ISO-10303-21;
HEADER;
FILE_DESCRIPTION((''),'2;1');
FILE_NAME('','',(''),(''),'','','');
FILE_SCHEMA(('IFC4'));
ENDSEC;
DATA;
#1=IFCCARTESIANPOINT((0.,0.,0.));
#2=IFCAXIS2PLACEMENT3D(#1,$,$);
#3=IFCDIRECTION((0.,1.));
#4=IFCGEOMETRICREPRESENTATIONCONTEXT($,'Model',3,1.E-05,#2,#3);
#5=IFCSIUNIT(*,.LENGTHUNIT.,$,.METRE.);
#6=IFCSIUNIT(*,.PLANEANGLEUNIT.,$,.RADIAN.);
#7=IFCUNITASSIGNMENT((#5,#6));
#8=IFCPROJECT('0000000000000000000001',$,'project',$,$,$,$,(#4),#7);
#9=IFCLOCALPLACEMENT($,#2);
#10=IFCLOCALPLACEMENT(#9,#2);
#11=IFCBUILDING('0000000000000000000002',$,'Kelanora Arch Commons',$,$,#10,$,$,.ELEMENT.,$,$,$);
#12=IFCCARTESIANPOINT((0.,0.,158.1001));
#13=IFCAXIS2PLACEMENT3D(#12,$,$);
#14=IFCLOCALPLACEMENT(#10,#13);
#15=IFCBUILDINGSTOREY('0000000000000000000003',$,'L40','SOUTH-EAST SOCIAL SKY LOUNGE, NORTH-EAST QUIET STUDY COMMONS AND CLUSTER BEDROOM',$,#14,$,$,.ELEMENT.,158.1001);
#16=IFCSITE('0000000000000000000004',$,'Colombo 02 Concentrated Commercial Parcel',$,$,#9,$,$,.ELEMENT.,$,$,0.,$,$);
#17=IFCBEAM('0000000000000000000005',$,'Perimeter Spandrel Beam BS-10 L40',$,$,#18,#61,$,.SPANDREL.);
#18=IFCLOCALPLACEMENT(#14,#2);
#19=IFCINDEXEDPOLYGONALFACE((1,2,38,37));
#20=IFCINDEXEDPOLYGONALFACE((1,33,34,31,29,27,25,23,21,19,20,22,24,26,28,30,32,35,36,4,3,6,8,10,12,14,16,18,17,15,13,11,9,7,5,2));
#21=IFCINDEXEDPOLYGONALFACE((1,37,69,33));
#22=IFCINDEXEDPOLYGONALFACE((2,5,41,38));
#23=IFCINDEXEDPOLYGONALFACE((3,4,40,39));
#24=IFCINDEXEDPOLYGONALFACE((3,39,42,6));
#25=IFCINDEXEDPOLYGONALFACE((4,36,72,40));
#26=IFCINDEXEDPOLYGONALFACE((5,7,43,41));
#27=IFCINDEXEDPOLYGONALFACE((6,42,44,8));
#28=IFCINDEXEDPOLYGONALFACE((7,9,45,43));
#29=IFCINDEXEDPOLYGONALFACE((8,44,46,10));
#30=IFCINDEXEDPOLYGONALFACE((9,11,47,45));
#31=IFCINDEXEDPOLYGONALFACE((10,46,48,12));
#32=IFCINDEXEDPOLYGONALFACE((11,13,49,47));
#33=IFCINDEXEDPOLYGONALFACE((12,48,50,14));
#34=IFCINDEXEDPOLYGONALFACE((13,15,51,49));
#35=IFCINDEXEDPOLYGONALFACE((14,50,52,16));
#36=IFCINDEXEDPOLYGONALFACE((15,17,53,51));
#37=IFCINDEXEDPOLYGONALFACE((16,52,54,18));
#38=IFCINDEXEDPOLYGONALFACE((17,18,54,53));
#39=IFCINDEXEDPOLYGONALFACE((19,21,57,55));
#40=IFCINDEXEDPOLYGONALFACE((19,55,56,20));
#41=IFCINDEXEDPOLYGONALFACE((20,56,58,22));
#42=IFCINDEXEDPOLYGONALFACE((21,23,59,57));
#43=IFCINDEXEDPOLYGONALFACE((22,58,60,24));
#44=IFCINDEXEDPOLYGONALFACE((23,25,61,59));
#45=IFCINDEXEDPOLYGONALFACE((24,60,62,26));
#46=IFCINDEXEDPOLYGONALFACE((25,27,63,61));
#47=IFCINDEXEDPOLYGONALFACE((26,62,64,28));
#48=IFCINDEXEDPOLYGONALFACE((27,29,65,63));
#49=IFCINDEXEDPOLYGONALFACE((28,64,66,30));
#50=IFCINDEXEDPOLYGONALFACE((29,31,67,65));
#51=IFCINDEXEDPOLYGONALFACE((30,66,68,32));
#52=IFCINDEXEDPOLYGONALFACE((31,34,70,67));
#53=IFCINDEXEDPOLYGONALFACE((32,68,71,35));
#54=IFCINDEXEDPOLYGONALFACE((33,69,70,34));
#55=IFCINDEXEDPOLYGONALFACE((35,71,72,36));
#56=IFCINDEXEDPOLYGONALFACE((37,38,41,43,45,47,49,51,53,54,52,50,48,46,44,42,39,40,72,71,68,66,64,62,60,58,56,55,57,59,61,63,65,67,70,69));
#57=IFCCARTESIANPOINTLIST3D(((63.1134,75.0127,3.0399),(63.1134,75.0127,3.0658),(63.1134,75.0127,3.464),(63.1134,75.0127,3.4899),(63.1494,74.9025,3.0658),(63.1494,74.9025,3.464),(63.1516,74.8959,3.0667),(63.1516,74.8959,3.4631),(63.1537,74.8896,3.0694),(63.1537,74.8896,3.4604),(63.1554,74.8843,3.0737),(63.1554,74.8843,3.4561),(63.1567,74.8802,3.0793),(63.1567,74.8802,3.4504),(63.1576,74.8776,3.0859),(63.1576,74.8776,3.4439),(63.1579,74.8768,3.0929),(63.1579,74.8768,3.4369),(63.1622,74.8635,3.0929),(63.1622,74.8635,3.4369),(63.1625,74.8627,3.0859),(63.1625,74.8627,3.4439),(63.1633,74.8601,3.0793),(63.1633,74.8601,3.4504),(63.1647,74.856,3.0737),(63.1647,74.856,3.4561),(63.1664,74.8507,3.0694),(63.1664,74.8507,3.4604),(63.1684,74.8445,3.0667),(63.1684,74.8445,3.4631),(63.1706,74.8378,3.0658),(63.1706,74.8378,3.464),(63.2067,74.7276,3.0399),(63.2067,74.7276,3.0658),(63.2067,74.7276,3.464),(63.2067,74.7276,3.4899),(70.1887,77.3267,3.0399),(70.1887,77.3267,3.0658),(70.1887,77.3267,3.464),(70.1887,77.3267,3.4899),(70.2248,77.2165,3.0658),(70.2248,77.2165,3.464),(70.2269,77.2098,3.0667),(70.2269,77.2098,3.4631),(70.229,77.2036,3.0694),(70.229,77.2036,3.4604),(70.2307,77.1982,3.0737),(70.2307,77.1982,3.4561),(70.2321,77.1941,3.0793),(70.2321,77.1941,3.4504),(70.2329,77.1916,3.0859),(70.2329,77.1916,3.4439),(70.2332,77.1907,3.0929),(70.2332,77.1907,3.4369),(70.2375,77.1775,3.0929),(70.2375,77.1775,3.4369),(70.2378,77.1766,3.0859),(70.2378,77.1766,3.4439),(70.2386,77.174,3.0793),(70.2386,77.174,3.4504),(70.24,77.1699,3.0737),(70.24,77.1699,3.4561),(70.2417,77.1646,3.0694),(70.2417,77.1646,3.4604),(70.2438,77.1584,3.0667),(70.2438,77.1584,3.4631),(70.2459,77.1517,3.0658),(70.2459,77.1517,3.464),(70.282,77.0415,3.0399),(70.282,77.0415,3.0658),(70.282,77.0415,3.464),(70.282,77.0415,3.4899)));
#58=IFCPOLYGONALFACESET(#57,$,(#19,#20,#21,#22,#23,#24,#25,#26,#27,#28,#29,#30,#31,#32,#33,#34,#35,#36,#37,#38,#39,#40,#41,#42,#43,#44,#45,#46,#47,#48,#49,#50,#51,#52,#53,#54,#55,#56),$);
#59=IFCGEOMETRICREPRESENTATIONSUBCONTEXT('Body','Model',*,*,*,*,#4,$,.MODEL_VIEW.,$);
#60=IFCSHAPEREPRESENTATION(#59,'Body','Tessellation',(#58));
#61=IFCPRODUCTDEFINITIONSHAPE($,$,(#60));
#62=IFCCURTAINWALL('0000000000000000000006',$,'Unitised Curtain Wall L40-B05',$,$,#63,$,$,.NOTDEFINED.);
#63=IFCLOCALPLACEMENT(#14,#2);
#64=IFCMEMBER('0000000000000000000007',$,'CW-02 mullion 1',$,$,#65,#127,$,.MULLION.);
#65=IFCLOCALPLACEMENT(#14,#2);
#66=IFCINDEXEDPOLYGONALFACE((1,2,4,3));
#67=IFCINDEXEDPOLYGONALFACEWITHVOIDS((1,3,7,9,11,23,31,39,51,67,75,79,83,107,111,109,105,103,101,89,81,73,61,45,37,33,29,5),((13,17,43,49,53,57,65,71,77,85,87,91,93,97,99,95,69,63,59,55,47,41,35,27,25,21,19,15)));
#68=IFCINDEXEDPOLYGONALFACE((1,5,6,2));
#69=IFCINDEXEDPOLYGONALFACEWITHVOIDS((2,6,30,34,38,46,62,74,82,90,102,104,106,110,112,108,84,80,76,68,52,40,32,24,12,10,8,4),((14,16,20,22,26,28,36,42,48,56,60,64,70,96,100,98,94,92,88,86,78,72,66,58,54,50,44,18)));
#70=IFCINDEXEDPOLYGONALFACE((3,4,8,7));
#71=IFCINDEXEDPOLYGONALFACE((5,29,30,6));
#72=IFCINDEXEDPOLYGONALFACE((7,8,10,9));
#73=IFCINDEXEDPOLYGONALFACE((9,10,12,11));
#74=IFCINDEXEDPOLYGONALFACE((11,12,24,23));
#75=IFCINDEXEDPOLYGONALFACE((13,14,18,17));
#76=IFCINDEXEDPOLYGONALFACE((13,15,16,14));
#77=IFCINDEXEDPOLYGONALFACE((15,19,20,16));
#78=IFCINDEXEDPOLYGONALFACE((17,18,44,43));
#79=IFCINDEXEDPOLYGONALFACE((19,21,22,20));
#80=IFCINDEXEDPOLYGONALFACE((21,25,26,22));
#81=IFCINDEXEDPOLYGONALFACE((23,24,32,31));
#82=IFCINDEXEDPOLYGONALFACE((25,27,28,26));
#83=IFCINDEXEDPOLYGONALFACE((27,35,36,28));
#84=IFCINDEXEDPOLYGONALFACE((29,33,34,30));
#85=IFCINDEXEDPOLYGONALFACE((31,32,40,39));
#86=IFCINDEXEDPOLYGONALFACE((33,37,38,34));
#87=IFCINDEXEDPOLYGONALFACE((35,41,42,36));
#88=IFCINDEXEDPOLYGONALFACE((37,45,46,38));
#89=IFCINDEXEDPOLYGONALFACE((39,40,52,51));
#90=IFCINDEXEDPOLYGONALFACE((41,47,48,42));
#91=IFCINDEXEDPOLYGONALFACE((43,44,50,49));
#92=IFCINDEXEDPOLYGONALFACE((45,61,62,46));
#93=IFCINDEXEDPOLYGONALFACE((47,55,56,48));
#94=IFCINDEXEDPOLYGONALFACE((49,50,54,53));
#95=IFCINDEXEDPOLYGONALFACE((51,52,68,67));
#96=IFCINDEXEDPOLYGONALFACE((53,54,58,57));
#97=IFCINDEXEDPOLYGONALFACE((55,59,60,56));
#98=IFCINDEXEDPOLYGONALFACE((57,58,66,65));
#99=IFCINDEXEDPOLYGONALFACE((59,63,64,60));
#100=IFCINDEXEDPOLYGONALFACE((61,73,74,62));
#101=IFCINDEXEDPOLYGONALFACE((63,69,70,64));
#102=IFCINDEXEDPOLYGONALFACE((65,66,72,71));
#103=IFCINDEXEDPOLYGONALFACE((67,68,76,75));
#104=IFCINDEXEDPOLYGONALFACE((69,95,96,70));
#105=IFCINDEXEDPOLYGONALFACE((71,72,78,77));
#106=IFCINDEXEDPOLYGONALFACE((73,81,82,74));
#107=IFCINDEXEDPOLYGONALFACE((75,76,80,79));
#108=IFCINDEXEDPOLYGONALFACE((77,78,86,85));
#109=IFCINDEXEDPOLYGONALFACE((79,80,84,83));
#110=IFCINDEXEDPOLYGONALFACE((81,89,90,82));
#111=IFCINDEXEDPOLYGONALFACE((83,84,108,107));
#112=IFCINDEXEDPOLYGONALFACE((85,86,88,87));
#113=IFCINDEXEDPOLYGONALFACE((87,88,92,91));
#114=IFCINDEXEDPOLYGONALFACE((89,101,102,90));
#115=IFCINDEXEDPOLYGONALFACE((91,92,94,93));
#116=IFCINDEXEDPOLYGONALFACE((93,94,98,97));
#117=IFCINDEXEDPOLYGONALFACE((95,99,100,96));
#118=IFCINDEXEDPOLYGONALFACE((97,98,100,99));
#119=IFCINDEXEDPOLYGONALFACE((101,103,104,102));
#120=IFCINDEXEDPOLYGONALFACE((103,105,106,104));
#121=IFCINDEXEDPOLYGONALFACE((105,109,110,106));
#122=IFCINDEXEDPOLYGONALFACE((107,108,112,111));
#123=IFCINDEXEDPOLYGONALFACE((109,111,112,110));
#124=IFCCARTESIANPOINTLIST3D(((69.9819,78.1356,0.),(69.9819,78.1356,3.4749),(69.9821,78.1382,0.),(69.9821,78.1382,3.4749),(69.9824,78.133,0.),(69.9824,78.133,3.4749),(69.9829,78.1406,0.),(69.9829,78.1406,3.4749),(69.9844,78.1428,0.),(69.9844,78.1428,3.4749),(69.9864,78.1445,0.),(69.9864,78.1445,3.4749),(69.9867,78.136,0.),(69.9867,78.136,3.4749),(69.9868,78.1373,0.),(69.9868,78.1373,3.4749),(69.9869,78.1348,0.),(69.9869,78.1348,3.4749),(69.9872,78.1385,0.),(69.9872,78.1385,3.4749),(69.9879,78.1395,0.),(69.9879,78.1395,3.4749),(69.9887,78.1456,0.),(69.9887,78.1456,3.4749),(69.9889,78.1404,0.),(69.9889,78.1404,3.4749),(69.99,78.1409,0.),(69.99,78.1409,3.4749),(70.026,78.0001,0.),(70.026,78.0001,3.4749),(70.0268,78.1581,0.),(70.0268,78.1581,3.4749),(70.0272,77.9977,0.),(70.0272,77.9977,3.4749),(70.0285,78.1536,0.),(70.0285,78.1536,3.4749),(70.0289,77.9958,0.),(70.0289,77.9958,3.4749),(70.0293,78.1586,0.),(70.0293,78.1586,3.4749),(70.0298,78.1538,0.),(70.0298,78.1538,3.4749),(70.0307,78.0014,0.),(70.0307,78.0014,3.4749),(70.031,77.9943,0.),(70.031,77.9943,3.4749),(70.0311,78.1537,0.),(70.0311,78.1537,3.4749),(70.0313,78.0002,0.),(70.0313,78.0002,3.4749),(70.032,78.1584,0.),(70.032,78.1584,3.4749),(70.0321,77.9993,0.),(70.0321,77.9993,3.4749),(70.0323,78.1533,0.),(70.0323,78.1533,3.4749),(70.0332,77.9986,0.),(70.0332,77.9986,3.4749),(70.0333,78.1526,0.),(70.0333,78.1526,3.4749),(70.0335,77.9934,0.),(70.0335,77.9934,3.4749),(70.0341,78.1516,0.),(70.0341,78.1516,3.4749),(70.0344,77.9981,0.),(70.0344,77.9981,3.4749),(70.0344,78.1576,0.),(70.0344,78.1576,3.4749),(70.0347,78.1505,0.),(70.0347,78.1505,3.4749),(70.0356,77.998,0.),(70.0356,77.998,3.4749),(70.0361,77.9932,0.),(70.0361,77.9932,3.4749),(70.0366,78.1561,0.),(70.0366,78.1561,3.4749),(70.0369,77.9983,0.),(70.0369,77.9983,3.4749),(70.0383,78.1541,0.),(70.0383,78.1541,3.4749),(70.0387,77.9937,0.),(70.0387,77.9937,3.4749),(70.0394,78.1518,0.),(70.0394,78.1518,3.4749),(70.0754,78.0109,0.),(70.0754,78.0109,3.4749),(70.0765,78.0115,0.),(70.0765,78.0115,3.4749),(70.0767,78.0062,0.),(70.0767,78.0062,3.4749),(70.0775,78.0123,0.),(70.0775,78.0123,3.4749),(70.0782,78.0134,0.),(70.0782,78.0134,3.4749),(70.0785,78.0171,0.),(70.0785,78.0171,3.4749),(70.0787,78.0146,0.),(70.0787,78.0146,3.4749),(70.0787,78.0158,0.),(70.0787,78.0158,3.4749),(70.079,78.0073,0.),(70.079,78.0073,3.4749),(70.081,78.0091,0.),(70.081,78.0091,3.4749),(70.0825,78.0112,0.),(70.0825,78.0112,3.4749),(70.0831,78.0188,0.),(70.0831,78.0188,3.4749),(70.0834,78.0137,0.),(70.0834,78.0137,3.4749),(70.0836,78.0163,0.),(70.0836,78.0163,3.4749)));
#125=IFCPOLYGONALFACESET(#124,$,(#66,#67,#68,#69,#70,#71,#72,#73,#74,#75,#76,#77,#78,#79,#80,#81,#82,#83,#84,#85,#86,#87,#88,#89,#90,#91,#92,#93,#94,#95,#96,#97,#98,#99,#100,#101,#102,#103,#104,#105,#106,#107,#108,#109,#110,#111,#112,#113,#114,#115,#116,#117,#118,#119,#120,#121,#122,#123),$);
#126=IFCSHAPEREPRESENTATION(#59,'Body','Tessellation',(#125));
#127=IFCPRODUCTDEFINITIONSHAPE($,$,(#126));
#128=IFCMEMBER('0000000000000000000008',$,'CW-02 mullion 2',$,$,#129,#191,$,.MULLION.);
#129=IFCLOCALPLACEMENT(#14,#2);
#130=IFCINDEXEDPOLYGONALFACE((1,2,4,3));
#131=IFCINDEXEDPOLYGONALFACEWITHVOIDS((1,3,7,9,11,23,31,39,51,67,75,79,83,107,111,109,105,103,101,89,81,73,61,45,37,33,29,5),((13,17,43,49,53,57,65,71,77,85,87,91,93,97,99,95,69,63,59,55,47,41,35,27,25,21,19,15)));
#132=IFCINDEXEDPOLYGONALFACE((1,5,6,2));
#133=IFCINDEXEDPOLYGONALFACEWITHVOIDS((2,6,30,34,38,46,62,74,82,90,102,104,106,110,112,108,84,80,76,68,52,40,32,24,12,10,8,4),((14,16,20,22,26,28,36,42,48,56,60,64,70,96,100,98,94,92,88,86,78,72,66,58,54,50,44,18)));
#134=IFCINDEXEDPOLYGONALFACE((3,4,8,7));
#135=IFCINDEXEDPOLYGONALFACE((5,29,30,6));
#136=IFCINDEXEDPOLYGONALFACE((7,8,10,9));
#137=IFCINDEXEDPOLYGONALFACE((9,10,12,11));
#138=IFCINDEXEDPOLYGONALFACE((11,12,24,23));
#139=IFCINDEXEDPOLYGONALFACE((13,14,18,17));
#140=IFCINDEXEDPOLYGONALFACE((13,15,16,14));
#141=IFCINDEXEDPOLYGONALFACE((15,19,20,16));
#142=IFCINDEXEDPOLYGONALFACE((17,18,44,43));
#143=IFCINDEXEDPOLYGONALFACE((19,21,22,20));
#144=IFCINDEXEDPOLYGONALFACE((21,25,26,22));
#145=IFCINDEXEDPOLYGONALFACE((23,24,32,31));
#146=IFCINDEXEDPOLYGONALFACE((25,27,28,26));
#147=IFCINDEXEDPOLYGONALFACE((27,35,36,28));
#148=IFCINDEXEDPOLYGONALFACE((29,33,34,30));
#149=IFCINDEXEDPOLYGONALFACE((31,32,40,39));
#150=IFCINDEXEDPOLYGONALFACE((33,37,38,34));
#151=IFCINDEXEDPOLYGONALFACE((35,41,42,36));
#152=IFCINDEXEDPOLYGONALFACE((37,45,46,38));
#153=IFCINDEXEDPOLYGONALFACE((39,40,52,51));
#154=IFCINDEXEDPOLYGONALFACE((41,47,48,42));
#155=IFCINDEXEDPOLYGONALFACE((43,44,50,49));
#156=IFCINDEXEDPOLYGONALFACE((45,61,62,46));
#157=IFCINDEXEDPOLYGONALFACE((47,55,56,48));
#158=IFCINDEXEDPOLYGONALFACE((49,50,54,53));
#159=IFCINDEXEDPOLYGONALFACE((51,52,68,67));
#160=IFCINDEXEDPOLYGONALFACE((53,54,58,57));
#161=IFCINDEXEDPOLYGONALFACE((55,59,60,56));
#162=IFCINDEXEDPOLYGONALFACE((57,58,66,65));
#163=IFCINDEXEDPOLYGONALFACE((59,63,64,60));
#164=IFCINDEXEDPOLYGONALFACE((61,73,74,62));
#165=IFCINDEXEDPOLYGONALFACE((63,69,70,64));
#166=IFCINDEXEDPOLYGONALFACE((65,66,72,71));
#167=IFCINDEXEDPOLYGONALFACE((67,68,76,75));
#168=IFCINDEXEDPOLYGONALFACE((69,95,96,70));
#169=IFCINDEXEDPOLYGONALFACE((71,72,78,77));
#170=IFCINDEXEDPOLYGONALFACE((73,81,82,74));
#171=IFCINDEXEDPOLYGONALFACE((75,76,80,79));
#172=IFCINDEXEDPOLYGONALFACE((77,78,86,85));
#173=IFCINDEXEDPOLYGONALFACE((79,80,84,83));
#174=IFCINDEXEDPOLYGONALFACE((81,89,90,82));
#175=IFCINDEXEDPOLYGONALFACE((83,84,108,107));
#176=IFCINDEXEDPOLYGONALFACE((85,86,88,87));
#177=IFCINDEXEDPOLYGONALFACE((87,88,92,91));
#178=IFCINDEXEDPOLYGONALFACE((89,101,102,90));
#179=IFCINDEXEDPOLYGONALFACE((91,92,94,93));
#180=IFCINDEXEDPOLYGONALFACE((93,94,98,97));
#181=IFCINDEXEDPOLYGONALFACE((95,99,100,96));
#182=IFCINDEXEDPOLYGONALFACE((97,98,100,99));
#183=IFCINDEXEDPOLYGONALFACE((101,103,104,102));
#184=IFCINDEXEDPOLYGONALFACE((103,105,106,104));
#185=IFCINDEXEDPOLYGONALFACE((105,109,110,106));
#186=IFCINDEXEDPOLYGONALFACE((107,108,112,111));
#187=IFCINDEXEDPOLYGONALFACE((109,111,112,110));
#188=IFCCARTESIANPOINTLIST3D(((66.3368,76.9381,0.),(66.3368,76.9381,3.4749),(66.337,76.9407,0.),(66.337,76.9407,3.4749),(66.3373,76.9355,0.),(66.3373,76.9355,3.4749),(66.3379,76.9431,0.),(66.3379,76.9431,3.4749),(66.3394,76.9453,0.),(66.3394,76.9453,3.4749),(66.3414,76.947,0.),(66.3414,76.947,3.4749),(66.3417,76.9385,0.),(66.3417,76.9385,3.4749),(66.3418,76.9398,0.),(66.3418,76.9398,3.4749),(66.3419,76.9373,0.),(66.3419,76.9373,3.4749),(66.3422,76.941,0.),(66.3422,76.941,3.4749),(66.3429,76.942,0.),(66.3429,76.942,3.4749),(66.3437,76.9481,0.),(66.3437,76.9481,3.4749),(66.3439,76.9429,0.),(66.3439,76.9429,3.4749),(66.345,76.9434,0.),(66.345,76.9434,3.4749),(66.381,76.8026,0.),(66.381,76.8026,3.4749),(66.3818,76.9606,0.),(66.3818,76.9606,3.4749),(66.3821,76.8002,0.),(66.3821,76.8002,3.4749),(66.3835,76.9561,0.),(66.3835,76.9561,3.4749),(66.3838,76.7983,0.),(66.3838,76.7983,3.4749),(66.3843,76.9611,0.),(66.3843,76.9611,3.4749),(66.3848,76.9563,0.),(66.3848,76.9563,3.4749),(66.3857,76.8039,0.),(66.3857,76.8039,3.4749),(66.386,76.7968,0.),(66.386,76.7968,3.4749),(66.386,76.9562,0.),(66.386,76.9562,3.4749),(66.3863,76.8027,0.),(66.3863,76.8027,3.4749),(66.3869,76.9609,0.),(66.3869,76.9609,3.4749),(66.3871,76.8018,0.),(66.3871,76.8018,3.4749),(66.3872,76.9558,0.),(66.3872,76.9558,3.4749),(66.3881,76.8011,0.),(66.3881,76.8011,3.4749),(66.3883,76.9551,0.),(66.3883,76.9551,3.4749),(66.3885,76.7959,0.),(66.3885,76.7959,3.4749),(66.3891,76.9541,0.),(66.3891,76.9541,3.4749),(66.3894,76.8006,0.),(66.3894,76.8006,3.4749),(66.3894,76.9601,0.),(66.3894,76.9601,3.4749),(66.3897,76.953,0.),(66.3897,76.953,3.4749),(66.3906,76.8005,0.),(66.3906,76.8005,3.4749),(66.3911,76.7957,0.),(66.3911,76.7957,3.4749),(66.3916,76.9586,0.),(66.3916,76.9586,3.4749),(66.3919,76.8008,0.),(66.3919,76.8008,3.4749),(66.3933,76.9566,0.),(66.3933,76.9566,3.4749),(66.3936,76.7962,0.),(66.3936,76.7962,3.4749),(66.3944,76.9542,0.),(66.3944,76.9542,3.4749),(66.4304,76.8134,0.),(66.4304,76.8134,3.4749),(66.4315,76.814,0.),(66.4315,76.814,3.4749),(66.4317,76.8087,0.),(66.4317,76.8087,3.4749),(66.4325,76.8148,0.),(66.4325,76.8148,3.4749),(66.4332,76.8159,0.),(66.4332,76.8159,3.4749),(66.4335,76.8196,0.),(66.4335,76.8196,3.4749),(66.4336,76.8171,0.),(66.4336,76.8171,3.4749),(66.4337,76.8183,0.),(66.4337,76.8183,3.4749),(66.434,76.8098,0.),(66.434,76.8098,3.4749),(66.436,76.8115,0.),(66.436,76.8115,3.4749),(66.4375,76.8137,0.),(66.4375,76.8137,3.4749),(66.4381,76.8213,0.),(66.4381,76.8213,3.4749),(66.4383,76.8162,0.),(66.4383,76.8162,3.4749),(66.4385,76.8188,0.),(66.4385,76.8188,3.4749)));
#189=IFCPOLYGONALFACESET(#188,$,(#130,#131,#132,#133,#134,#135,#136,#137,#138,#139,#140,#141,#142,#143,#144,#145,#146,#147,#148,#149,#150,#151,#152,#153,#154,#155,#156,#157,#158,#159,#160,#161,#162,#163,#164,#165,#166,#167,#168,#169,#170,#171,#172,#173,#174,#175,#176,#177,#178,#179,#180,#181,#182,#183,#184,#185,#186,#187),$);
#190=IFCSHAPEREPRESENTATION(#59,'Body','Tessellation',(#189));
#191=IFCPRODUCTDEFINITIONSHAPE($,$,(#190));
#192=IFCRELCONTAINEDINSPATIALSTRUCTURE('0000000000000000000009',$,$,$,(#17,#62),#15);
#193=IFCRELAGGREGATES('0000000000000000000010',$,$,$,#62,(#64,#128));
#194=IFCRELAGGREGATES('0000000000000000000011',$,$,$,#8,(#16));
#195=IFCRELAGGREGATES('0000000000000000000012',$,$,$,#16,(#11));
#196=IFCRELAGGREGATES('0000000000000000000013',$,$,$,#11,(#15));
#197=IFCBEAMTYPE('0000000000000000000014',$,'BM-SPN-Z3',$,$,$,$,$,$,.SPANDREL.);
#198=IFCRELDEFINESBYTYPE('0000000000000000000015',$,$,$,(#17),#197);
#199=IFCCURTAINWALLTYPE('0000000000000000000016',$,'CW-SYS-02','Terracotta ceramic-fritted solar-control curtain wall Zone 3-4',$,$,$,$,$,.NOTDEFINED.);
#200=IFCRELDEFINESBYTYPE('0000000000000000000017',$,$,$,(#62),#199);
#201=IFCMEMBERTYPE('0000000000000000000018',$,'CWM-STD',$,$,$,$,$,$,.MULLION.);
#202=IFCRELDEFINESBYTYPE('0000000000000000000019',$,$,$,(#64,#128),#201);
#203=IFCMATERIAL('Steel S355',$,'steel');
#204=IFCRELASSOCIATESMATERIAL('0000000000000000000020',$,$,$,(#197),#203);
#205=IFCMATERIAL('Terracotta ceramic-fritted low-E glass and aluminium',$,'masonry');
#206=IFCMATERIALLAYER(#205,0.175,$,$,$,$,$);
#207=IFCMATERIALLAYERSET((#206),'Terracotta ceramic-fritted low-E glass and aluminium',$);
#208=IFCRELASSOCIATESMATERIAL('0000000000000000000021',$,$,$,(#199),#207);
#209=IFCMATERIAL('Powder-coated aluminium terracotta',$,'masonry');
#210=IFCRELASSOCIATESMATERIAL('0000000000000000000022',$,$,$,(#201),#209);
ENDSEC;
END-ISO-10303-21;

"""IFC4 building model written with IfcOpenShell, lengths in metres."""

from ifc_helpers import new_model, si_unit, direction, frame, origin, origin_2d, place, context, subcontext, project, spatial, hollow_rectangle, i_section, extrude, material, layer, layer_set, material_profile, profile_set, type_object, element, aggregate, save


model = new_model("IFC4")

# Units and contexts
model_context = context("Model", 3, precision=1e-05, world=origin(), true_north=direction((0.0, 1.0)))
body_context = subcontext(model_context, "Body", "Model", "MODEL_VIEW")
ifc_project = project(units=[si_unit("LENGTHUNIT", "METRE"), si_unit("PLANEANGLEUNIT", "RADIAN")], contexts=[model_context])

# Site, building, storey
site_placement = place(None, origin())
site = spatial("IfcSite", under=ifc_project, at=site_placement, Name="Colombo 02 Concentrated Commercial Parcel", CompositionType="ELEMENT", RefElevation=0.0)
building_placement = place(site_placement, origin())
building = spatial("IfcBuilding", under=site, at=building_placement, Name="Kelanora Arch Commons", CompositionType="ELEMENT")
storey_placement = place(building_placement, frame((0.0, 0.0, 158.1001)))
storey = spatial("IfcBuildingStorey", under=building, at=storey_placement, Name="L40", Description="SOUTH-EAST SOCIAL SKY LOUNGE, NORTH-EAST QUIET STUDY COMMONS AND CLUSTER BEDROOM", CompositionType="ELEMENT", Elevation=158.1001)

# Beam
ifc_material_1 = material(Name="Steel S355", Category="steel")
ifc_material_profile_1 = material_profile(ifc_material_1, i_section(OverallWidth=0.3, OverallDepth=0.45, WebThickness=0.0139, FlangeThickness=0.0259, FilletRadius=0.0271, at=origin_2d()), Name="HEB450")
ifc_profile_set_1 = profile_set([ifc_material_profile_1], Name="Steel S355")
beam_type_1 = type_object("IfcBeamType", Name="BM-SPN-Z3", PredefinedType="SPANDREL", material=ifc_profile_set_1)
beam_1_placement = place(storey_placement, frame((70.2354, 77.1841, 3.2649), z_axis=(-0.950462, -0.310841, 0.0), x_axis=(0.310841, -0.950462, 0.0)))
element("IfcBeam", 1, at=beam_1_placement, inside=storey, type_object=beam_type_1, Name="Perimeter Spandrel Beam BS-10 L40", PredefinedType="SPANDREL", context=body_context, shape_type="SweptSolid", body=[
    extrude(i_section(OverallWidth=0.3, OverallDepth=0.45, WebThickness=0.0139, FlangeThickness=0.0259, FilletRadius=0.0271, at=origin_2d()), origin(), (0.0, 0.0, 1.0), 7.4441),
])

# Curtain wall, members
ifc_material_2 = material(Name="Terracotta ceramic-fritted low-E glass and aluminium", Category="masonry")
ifc_layer_1 = layer(ifc_material_2, 0.175)
ifc_layer_set_1 = layer_set([ifc_layer_1], Name="Terracotta ceramic-fritted low-E glass and aluminium")
curtain_wall_type = type_object("IfcCurtainWallType", Name="CW-SYS-02", Description="Terracotta ceramic-fritted solar-control curtain wall Zone 3-4", PredefinedType="NOTDEFINED", material=ifc_layer_set_1)
curtain_wall_placement = place(storey_placement, origin())
curtain_wall = element("IfcCurtainWall", 2, at=curtain_wall_placement, inside=storey, type_object=curtain_wall_type, Name="Unitised Curtain Wall L40-B05", PredefinedType="NOTDEFINED")
ifc_material_3 = material(Name="Powder-coated aluminium terracotta", Category="masonry")
ifc_material_profile_2 = material_profile(ifc_material_3, hollow_rectangle(XDim=0.1599, YDim=0.0601, WallThickness=0.0049, InnerFilletRadius=0.0049, OuterFilletRadius=0.01, at=origin_2d()), Name="CWM160x60")
ifc_profile_set_2 = profile_set([ifc_material_profile_2], Name="Powder-coated aluminium terracotta")
member_type_1 = type_object("IfcMemberType", Name="CWM-STD", PredefinedType="MULLION", material=ifc_profile_set_2)
member_1_placement = place(storey_placement, frame((70.0327, 78.0759, 0.0), z_axis=(0.0, 0.0, 1.0), x_axis=(0.312128, -0.95004, 0.0)))
member_1 = element("IfcMember", 3, at=member_1_placement, type_object=member_type_1, Name="CW-02 mullion 1", PredefinedType="MULLION", context=body_context, shape_type="SweptSolid", body=[
    extrude(hollow_rectangle(XDim=0.1599, YDim=0.0601, WallThickness=0.0049, InnerFilletRadius=0.0049, OuterFilletRadius=0.01, at=origin_2d()), origin(), (0.0, 0.0, 1.0), 3.4749),
])
member_2_placement = place(storey_placement, frame((66.3877, 76.8784, 0.0), z_axis=(0.0, 0.0, 1.0), x_axis=(0.312128, -0.95004, 0.0)))
member_2 = element("IfcMember", 4, at=member_2_placement, type_object=member_type_1, Name="CW-02 mullion 2", PredefinedType="MULLION", context=body_context, shape_type="SweptSolid", body=[
    extrude(hollow_rectangle(XDim=0.1599, YDim=0.0601, WallThickness=0.0049, InnerFilletRadius=0.0049, OuterFilletRadius=0.01, at=origin_2d()), origin(), (0.0, 0.0, 1.0), 3.4749),
])
aggregate(curtain_wall, [member_1, member_2])

save(model, "model.ifc")
